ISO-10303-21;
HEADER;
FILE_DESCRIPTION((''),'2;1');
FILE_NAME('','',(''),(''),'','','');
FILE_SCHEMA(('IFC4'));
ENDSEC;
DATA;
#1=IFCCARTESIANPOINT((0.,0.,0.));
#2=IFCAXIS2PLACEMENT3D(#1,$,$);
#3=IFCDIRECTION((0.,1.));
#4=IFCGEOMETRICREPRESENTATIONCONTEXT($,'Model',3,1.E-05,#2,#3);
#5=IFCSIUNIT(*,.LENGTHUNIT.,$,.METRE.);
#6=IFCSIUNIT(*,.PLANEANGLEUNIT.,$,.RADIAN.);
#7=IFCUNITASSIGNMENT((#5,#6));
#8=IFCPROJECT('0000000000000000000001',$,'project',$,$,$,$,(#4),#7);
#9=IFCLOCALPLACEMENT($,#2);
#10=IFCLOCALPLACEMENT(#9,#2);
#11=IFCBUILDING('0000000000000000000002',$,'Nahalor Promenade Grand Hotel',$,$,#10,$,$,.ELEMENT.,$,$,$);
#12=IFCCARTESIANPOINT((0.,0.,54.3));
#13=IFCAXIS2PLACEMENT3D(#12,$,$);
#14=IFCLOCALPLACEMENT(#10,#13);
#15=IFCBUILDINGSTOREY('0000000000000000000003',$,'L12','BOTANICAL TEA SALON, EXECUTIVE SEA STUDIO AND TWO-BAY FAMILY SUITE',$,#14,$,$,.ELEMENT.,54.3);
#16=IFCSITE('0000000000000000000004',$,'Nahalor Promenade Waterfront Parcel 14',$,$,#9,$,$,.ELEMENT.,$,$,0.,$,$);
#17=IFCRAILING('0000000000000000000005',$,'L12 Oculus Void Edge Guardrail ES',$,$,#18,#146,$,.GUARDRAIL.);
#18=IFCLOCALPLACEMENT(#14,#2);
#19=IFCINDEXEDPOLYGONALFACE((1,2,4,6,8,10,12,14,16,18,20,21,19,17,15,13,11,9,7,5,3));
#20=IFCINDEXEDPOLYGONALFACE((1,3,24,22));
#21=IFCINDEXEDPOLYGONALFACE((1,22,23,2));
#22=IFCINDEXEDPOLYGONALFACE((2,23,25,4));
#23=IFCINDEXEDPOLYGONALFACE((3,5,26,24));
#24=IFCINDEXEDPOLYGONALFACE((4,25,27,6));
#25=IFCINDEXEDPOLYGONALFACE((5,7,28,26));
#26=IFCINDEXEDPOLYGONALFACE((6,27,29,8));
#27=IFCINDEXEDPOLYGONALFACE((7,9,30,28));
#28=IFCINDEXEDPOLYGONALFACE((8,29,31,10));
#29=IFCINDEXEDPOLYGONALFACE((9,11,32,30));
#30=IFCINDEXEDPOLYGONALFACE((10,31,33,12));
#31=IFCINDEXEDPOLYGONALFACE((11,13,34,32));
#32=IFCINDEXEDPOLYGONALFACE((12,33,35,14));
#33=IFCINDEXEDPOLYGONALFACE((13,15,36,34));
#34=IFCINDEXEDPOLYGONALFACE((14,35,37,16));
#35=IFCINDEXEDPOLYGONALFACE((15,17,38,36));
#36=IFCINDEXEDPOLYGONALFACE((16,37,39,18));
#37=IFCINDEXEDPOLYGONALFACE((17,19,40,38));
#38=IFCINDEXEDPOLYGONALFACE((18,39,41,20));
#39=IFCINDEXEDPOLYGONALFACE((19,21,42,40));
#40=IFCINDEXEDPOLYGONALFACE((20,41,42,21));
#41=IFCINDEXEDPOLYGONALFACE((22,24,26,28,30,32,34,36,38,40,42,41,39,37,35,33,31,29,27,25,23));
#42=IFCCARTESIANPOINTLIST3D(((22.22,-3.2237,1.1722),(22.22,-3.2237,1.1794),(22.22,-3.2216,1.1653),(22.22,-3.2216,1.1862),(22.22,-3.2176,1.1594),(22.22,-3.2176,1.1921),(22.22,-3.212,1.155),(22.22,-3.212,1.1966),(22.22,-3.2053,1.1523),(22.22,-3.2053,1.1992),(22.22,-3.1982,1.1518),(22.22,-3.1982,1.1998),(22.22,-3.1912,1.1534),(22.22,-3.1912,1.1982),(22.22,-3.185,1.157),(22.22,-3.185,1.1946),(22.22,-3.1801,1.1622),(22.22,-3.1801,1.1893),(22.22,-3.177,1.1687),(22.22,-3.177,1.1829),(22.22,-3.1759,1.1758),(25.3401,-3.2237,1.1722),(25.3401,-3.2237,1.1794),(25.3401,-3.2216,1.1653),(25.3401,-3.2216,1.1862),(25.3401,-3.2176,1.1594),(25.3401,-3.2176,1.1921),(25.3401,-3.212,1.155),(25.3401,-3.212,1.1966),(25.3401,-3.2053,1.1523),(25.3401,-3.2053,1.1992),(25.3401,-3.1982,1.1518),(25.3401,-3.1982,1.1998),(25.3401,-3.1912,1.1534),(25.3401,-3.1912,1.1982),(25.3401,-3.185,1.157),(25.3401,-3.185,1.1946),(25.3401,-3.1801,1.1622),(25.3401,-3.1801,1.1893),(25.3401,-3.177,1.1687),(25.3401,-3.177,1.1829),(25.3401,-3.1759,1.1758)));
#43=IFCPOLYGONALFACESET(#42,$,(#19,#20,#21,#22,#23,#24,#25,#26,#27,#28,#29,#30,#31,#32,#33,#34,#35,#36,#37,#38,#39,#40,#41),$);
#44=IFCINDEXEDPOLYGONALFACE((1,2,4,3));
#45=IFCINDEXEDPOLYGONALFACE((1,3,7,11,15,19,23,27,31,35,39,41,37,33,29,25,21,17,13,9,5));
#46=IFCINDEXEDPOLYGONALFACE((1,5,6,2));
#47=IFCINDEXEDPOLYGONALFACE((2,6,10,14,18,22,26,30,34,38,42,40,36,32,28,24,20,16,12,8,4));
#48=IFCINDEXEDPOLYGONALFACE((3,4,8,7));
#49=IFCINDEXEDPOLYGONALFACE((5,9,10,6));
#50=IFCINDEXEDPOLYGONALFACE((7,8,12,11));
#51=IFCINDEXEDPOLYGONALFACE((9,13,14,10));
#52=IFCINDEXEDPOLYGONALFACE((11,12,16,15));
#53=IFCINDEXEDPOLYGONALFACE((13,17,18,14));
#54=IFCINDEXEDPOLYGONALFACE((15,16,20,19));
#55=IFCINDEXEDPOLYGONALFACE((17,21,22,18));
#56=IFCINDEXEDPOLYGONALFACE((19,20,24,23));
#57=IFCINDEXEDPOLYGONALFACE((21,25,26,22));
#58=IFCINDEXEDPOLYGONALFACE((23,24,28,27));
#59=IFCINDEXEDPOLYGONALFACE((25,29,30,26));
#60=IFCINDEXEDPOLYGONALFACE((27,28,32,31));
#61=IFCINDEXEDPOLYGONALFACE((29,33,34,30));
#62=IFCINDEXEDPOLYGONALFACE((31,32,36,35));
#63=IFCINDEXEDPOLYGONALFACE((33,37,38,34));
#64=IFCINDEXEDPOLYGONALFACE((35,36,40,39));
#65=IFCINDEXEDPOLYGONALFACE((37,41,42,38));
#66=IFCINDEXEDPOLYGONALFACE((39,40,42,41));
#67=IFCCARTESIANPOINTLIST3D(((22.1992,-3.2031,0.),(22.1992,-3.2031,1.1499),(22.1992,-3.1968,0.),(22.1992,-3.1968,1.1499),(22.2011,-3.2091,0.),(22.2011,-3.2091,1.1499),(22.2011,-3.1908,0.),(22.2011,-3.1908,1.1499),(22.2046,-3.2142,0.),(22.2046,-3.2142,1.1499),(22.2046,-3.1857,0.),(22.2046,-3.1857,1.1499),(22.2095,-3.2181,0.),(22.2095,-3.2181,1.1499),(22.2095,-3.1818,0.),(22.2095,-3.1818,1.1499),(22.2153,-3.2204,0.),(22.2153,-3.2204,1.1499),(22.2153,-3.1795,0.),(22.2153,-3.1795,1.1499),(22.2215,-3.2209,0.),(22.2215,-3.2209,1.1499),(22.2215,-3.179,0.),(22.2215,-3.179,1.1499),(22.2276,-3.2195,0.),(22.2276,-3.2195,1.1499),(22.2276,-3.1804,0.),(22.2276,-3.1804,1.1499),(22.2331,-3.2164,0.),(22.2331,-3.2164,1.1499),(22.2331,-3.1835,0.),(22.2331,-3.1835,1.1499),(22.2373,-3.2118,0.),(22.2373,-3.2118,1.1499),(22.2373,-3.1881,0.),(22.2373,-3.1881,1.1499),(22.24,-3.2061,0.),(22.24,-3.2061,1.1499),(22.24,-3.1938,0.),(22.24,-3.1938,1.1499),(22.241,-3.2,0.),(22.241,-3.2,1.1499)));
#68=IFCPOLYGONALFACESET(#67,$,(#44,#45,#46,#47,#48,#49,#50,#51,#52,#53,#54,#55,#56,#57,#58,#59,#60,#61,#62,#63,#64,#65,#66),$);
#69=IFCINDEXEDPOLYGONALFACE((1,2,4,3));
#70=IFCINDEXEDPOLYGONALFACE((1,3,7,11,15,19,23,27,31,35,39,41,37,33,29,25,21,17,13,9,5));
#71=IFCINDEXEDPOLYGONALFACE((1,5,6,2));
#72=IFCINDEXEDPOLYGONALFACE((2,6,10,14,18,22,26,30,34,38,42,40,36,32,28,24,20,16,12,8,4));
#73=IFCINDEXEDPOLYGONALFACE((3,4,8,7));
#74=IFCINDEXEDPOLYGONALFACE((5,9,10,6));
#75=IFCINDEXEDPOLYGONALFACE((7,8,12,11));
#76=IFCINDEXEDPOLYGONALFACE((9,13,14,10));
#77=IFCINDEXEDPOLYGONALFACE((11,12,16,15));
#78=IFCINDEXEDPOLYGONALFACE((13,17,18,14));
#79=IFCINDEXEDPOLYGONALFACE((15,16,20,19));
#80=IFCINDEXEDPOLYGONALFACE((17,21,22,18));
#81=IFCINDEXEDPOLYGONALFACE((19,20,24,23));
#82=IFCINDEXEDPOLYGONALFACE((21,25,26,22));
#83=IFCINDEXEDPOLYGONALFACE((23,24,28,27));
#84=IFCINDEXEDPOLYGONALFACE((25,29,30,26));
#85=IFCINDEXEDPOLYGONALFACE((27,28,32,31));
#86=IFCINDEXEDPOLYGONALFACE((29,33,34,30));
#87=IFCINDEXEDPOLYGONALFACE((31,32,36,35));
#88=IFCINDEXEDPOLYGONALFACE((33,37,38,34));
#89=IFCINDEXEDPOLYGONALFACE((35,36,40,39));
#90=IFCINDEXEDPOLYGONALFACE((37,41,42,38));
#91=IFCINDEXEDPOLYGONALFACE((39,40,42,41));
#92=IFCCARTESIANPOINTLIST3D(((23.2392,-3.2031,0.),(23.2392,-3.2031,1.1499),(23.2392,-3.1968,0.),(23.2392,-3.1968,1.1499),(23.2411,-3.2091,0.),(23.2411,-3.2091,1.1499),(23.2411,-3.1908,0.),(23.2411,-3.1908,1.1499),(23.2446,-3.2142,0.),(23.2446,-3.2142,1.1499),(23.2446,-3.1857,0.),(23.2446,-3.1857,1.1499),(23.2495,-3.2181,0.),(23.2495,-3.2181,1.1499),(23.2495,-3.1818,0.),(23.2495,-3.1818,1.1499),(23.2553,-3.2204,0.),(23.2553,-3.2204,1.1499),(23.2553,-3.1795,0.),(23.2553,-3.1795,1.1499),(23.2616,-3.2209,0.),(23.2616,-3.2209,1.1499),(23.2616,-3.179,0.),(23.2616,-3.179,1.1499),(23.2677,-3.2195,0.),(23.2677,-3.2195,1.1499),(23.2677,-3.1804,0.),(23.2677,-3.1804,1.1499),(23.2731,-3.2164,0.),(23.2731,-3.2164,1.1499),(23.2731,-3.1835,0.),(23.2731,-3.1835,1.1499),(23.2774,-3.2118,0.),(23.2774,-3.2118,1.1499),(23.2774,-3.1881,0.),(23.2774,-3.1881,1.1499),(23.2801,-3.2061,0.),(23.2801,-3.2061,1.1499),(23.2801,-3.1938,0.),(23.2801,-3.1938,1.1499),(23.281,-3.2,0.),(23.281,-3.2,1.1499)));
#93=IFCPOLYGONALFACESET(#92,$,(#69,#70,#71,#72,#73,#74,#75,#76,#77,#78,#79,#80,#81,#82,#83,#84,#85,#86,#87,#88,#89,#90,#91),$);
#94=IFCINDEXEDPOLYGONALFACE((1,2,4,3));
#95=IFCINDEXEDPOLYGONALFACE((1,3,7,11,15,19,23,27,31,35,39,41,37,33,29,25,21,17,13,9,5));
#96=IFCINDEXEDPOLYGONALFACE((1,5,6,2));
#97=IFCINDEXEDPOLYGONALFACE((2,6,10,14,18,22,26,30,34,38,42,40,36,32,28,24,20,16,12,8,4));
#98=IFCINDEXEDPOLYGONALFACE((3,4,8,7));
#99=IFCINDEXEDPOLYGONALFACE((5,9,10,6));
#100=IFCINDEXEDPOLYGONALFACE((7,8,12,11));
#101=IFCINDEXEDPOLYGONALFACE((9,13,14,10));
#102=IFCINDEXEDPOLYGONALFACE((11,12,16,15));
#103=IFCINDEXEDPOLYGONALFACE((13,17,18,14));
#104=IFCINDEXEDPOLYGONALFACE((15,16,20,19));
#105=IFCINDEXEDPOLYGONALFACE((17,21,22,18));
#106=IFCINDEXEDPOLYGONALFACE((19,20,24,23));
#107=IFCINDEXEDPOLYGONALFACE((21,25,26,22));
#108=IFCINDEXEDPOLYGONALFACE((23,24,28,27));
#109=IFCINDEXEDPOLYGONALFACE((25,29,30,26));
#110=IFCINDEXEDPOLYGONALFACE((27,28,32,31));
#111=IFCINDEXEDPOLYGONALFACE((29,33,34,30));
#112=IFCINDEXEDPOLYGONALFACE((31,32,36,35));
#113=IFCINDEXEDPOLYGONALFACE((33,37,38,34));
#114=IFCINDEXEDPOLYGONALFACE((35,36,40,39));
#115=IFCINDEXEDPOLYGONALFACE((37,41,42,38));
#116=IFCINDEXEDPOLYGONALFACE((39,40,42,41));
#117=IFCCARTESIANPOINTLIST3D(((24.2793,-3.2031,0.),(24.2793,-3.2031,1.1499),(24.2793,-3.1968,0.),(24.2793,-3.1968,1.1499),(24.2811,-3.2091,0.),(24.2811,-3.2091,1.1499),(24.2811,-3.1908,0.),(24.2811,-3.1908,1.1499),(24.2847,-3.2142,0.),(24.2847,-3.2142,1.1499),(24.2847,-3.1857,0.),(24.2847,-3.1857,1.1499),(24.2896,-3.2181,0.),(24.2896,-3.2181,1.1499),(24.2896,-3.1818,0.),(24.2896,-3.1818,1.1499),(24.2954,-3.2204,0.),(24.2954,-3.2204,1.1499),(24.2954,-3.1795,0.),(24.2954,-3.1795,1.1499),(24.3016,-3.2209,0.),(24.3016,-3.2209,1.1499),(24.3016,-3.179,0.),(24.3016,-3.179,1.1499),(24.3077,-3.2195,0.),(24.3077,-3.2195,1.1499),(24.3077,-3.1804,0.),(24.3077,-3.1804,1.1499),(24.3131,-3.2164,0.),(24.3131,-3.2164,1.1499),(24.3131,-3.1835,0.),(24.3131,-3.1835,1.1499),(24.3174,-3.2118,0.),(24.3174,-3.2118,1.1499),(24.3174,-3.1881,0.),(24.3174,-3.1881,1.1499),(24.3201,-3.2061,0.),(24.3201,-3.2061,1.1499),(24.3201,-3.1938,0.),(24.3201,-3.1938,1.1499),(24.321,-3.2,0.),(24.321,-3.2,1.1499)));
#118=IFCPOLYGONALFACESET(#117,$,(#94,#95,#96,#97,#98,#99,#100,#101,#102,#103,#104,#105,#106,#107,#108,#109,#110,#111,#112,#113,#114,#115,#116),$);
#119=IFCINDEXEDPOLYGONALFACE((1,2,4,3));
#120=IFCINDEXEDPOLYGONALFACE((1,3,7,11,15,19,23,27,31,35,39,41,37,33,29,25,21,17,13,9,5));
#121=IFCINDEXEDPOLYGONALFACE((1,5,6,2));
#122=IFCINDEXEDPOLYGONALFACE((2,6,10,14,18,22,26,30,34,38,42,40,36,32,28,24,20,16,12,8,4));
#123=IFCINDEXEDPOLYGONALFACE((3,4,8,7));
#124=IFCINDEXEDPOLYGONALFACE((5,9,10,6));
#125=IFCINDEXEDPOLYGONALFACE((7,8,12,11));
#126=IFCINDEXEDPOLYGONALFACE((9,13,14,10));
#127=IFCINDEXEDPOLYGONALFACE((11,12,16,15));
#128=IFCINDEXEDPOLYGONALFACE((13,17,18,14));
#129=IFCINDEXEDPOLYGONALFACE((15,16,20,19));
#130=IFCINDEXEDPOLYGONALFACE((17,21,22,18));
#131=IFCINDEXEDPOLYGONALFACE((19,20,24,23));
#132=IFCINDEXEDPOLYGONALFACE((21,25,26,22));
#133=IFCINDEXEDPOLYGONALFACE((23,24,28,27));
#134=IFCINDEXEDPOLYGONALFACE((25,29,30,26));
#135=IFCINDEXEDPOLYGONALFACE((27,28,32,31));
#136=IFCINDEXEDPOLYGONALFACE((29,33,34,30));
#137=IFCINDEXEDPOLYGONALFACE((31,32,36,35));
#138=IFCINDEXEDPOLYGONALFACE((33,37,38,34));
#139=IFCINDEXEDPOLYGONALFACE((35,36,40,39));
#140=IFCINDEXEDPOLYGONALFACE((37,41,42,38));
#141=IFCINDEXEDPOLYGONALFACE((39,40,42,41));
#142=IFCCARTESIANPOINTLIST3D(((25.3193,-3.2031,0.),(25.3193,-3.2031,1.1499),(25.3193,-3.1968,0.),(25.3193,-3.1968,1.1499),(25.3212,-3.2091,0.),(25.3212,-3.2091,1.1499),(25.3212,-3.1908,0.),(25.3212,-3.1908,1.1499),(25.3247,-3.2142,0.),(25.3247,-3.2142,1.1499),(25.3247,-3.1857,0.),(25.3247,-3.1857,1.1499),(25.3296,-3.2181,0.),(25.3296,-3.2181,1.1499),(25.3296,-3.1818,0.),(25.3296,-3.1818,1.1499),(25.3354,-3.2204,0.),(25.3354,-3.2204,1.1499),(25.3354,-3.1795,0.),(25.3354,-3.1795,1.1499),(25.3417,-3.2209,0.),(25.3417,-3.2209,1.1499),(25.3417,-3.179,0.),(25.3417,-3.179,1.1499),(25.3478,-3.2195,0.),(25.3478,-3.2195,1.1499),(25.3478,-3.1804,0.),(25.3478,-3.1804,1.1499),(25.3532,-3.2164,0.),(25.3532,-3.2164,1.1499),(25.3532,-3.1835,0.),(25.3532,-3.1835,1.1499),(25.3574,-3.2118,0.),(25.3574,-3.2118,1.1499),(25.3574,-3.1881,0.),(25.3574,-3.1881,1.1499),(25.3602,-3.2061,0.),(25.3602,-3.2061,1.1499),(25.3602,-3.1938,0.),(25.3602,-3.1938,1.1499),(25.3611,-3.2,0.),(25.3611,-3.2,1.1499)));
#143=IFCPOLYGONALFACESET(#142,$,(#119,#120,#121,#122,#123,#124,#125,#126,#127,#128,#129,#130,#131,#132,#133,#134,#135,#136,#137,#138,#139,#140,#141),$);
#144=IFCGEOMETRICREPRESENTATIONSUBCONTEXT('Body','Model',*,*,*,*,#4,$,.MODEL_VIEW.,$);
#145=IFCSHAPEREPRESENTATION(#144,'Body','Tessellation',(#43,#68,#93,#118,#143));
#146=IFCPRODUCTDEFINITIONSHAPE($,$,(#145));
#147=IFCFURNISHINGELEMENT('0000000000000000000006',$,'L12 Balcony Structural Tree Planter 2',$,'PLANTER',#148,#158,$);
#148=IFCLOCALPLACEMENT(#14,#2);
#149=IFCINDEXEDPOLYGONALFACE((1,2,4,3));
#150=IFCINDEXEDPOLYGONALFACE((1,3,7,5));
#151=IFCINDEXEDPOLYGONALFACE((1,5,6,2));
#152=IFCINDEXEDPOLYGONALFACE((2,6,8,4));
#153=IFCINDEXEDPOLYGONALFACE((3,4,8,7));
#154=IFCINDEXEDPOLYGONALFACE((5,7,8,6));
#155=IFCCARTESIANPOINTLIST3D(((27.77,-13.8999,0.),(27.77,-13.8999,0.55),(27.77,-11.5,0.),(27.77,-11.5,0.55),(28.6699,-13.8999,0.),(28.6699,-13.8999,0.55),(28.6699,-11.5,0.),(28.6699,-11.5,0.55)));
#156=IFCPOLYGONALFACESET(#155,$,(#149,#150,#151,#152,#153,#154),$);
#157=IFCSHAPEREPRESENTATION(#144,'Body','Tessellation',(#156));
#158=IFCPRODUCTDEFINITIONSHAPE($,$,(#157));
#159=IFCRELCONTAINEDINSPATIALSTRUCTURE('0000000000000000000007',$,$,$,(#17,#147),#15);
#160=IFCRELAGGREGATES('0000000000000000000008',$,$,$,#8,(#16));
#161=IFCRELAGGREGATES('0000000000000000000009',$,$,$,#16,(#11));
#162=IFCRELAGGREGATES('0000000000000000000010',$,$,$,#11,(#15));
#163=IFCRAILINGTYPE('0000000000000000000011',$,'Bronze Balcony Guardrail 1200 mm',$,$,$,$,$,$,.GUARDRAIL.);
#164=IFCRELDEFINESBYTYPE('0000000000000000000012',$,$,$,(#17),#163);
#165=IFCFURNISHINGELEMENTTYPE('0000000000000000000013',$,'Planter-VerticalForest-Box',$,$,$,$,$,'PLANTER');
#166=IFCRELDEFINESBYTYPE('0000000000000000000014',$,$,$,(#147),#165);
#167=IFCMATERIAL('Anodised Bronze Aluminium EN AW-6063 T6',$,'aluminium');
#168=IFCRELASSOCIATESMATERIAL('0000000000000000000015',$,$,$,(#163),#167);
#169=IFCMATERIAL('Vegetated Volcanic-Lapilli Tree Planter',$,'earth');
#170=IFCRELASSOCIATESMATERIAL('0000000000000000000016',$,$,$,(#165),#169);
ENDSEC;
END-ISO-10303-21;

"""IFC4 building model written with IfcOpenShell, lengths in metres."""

from ifc_helpers import new_model, si_unit, direction, frame, origin, origin_2d, place, context, subcontext, project, spatial, rectangle, circle, extrude, source, transform, mapped, material, type_object, element, save


model = new_model("IFC4")

# Units and contexts
model_context = context("Model", 3, precision=1e-05, world=origin(), true_north=direction((0.0, 1.0)))
body_context = subcontext(model_context, "Body", "Model", "MODEL_VIEW")
ifc_project = project(units=[si_unit("LENGTHUNIT", "METRE"), si_unit("PLANEANGLEUNIT", "RADIAN")], contexts=[model_context])

# Site, building, storey
site_placement = place(None, origin())
site = spatial("IfcSite", under=ifc_project, at=site_placement, Name="Nahalor Promenade Waterfront Parcel 14", CompositionType="ELEMENT", RefElevation=0.0)
building_placement = place(site_placement, origin())
building = spatial("IfcBuilding", under=site, at=building_placement, Name="Nahalor Promenade Grand Hotel", CompositionType="ELEMENT")
storey_placement = place(building_placement, frame((0.0, 0.0, 54.3)))
storey = spatial("IfcBuildingStorey", under=building, at=storey_placement, Name="L12", Description="BOTANICAL TEA SALON, EXECUTIVE SEA STUDIO AND TWO-BAY FAMILY SUITE", CompositionType="ELEMENT", Elevation=54.3)

# Shared definitions
ifc_material_1 = material(Name="Anodised Bronze Aluminium EN AW-6063 T6", Category="aluminium")

# Railing
railing_type = type_object("IfcRailingType", Name="Bronze Balcony Guardrail 1200 mm", PredefinedType="GUARDRAIL", material=ifc_material_1)
railing_1_placement = place(storey_placement, frame((22.22, -3.2, 0.0)))
element("IfcRailing", 1, at=railing_1_placement, inside=storey, type_object=railing_type, Name="L12 Oculus Void Edge Guardrail ES", PredefinedType="GUARDRAIL", context=body_context, shape_type="SweptSolid", body=[
    extrude(circle(Radius=0.024, at=origin_2d()), frame((0.0, 0.0, 1.1758), z_axis=(1.0, 0.0, 0.0), x_axis=(0.0, 1.0, 0.0)), (0.0, 0.0, 1.0), 3.1201),
    extrude(circle(Radius=0.021, at=origin_2d()), origin(), (0.0, 0.0, 1.0), 1.1499),
    extrude(circle(Radius=0.021, at=origin_2d()), frame((1.04, 0.0, 0.0)), (0.0, 0.0, 1.0), 1.1499),
    extrude(circle(Radius=0.021, at=origin_2d()), frame((2.0801, 0.0, 0.0)), (0.0, 0.0, 1.0), 1.1499),
    extrude(circle(Radius=0.021, at=origin_2d()), frame((3.1201, 0.0, 0.0)), (0.0, 0.0, 1.0), 1.1499),
])

# Furnishing element
ifc_material_2 = material(Name="Vegetated Volcanic-Lapilli Tree Planter", Category="earth")
furnishing_element_type = type_object("IfcFurnishingElementType", Name="Planter-VerticalForest-Box", ElementType="PLANTER", material=ifc_material_2)
shared_shape_1 = source(origin(), body_context, "Body", "SweptSolid", [
    extrude(rectangle(XDim=2.3999, YDim=0.8999, at=origin_2d()), origin(), (0.0, 0.0, 1.0), 0.55),
])
furnishing_placement = place(storey_placement, frame((28.22, -12.7, 0.0), z_axis=(0.0, 0.0, 1.0), x_axis=(0.0, 1.0, 0.0)))
element("IfcFurnishingElement", 2, at=furnishing_placement, inside=storey, type_object=furnishing_element_type, Name="L12 Balcony Structural Tree Planter 2", ObjectType="PLANTER", context=body_context, shape_type="MappedRepresentation", body=[
    mapped(shared_shape_1, transform((0.0, 0.0, 0.0), scale=1.0)),
])

save(model, "model.ifc")
